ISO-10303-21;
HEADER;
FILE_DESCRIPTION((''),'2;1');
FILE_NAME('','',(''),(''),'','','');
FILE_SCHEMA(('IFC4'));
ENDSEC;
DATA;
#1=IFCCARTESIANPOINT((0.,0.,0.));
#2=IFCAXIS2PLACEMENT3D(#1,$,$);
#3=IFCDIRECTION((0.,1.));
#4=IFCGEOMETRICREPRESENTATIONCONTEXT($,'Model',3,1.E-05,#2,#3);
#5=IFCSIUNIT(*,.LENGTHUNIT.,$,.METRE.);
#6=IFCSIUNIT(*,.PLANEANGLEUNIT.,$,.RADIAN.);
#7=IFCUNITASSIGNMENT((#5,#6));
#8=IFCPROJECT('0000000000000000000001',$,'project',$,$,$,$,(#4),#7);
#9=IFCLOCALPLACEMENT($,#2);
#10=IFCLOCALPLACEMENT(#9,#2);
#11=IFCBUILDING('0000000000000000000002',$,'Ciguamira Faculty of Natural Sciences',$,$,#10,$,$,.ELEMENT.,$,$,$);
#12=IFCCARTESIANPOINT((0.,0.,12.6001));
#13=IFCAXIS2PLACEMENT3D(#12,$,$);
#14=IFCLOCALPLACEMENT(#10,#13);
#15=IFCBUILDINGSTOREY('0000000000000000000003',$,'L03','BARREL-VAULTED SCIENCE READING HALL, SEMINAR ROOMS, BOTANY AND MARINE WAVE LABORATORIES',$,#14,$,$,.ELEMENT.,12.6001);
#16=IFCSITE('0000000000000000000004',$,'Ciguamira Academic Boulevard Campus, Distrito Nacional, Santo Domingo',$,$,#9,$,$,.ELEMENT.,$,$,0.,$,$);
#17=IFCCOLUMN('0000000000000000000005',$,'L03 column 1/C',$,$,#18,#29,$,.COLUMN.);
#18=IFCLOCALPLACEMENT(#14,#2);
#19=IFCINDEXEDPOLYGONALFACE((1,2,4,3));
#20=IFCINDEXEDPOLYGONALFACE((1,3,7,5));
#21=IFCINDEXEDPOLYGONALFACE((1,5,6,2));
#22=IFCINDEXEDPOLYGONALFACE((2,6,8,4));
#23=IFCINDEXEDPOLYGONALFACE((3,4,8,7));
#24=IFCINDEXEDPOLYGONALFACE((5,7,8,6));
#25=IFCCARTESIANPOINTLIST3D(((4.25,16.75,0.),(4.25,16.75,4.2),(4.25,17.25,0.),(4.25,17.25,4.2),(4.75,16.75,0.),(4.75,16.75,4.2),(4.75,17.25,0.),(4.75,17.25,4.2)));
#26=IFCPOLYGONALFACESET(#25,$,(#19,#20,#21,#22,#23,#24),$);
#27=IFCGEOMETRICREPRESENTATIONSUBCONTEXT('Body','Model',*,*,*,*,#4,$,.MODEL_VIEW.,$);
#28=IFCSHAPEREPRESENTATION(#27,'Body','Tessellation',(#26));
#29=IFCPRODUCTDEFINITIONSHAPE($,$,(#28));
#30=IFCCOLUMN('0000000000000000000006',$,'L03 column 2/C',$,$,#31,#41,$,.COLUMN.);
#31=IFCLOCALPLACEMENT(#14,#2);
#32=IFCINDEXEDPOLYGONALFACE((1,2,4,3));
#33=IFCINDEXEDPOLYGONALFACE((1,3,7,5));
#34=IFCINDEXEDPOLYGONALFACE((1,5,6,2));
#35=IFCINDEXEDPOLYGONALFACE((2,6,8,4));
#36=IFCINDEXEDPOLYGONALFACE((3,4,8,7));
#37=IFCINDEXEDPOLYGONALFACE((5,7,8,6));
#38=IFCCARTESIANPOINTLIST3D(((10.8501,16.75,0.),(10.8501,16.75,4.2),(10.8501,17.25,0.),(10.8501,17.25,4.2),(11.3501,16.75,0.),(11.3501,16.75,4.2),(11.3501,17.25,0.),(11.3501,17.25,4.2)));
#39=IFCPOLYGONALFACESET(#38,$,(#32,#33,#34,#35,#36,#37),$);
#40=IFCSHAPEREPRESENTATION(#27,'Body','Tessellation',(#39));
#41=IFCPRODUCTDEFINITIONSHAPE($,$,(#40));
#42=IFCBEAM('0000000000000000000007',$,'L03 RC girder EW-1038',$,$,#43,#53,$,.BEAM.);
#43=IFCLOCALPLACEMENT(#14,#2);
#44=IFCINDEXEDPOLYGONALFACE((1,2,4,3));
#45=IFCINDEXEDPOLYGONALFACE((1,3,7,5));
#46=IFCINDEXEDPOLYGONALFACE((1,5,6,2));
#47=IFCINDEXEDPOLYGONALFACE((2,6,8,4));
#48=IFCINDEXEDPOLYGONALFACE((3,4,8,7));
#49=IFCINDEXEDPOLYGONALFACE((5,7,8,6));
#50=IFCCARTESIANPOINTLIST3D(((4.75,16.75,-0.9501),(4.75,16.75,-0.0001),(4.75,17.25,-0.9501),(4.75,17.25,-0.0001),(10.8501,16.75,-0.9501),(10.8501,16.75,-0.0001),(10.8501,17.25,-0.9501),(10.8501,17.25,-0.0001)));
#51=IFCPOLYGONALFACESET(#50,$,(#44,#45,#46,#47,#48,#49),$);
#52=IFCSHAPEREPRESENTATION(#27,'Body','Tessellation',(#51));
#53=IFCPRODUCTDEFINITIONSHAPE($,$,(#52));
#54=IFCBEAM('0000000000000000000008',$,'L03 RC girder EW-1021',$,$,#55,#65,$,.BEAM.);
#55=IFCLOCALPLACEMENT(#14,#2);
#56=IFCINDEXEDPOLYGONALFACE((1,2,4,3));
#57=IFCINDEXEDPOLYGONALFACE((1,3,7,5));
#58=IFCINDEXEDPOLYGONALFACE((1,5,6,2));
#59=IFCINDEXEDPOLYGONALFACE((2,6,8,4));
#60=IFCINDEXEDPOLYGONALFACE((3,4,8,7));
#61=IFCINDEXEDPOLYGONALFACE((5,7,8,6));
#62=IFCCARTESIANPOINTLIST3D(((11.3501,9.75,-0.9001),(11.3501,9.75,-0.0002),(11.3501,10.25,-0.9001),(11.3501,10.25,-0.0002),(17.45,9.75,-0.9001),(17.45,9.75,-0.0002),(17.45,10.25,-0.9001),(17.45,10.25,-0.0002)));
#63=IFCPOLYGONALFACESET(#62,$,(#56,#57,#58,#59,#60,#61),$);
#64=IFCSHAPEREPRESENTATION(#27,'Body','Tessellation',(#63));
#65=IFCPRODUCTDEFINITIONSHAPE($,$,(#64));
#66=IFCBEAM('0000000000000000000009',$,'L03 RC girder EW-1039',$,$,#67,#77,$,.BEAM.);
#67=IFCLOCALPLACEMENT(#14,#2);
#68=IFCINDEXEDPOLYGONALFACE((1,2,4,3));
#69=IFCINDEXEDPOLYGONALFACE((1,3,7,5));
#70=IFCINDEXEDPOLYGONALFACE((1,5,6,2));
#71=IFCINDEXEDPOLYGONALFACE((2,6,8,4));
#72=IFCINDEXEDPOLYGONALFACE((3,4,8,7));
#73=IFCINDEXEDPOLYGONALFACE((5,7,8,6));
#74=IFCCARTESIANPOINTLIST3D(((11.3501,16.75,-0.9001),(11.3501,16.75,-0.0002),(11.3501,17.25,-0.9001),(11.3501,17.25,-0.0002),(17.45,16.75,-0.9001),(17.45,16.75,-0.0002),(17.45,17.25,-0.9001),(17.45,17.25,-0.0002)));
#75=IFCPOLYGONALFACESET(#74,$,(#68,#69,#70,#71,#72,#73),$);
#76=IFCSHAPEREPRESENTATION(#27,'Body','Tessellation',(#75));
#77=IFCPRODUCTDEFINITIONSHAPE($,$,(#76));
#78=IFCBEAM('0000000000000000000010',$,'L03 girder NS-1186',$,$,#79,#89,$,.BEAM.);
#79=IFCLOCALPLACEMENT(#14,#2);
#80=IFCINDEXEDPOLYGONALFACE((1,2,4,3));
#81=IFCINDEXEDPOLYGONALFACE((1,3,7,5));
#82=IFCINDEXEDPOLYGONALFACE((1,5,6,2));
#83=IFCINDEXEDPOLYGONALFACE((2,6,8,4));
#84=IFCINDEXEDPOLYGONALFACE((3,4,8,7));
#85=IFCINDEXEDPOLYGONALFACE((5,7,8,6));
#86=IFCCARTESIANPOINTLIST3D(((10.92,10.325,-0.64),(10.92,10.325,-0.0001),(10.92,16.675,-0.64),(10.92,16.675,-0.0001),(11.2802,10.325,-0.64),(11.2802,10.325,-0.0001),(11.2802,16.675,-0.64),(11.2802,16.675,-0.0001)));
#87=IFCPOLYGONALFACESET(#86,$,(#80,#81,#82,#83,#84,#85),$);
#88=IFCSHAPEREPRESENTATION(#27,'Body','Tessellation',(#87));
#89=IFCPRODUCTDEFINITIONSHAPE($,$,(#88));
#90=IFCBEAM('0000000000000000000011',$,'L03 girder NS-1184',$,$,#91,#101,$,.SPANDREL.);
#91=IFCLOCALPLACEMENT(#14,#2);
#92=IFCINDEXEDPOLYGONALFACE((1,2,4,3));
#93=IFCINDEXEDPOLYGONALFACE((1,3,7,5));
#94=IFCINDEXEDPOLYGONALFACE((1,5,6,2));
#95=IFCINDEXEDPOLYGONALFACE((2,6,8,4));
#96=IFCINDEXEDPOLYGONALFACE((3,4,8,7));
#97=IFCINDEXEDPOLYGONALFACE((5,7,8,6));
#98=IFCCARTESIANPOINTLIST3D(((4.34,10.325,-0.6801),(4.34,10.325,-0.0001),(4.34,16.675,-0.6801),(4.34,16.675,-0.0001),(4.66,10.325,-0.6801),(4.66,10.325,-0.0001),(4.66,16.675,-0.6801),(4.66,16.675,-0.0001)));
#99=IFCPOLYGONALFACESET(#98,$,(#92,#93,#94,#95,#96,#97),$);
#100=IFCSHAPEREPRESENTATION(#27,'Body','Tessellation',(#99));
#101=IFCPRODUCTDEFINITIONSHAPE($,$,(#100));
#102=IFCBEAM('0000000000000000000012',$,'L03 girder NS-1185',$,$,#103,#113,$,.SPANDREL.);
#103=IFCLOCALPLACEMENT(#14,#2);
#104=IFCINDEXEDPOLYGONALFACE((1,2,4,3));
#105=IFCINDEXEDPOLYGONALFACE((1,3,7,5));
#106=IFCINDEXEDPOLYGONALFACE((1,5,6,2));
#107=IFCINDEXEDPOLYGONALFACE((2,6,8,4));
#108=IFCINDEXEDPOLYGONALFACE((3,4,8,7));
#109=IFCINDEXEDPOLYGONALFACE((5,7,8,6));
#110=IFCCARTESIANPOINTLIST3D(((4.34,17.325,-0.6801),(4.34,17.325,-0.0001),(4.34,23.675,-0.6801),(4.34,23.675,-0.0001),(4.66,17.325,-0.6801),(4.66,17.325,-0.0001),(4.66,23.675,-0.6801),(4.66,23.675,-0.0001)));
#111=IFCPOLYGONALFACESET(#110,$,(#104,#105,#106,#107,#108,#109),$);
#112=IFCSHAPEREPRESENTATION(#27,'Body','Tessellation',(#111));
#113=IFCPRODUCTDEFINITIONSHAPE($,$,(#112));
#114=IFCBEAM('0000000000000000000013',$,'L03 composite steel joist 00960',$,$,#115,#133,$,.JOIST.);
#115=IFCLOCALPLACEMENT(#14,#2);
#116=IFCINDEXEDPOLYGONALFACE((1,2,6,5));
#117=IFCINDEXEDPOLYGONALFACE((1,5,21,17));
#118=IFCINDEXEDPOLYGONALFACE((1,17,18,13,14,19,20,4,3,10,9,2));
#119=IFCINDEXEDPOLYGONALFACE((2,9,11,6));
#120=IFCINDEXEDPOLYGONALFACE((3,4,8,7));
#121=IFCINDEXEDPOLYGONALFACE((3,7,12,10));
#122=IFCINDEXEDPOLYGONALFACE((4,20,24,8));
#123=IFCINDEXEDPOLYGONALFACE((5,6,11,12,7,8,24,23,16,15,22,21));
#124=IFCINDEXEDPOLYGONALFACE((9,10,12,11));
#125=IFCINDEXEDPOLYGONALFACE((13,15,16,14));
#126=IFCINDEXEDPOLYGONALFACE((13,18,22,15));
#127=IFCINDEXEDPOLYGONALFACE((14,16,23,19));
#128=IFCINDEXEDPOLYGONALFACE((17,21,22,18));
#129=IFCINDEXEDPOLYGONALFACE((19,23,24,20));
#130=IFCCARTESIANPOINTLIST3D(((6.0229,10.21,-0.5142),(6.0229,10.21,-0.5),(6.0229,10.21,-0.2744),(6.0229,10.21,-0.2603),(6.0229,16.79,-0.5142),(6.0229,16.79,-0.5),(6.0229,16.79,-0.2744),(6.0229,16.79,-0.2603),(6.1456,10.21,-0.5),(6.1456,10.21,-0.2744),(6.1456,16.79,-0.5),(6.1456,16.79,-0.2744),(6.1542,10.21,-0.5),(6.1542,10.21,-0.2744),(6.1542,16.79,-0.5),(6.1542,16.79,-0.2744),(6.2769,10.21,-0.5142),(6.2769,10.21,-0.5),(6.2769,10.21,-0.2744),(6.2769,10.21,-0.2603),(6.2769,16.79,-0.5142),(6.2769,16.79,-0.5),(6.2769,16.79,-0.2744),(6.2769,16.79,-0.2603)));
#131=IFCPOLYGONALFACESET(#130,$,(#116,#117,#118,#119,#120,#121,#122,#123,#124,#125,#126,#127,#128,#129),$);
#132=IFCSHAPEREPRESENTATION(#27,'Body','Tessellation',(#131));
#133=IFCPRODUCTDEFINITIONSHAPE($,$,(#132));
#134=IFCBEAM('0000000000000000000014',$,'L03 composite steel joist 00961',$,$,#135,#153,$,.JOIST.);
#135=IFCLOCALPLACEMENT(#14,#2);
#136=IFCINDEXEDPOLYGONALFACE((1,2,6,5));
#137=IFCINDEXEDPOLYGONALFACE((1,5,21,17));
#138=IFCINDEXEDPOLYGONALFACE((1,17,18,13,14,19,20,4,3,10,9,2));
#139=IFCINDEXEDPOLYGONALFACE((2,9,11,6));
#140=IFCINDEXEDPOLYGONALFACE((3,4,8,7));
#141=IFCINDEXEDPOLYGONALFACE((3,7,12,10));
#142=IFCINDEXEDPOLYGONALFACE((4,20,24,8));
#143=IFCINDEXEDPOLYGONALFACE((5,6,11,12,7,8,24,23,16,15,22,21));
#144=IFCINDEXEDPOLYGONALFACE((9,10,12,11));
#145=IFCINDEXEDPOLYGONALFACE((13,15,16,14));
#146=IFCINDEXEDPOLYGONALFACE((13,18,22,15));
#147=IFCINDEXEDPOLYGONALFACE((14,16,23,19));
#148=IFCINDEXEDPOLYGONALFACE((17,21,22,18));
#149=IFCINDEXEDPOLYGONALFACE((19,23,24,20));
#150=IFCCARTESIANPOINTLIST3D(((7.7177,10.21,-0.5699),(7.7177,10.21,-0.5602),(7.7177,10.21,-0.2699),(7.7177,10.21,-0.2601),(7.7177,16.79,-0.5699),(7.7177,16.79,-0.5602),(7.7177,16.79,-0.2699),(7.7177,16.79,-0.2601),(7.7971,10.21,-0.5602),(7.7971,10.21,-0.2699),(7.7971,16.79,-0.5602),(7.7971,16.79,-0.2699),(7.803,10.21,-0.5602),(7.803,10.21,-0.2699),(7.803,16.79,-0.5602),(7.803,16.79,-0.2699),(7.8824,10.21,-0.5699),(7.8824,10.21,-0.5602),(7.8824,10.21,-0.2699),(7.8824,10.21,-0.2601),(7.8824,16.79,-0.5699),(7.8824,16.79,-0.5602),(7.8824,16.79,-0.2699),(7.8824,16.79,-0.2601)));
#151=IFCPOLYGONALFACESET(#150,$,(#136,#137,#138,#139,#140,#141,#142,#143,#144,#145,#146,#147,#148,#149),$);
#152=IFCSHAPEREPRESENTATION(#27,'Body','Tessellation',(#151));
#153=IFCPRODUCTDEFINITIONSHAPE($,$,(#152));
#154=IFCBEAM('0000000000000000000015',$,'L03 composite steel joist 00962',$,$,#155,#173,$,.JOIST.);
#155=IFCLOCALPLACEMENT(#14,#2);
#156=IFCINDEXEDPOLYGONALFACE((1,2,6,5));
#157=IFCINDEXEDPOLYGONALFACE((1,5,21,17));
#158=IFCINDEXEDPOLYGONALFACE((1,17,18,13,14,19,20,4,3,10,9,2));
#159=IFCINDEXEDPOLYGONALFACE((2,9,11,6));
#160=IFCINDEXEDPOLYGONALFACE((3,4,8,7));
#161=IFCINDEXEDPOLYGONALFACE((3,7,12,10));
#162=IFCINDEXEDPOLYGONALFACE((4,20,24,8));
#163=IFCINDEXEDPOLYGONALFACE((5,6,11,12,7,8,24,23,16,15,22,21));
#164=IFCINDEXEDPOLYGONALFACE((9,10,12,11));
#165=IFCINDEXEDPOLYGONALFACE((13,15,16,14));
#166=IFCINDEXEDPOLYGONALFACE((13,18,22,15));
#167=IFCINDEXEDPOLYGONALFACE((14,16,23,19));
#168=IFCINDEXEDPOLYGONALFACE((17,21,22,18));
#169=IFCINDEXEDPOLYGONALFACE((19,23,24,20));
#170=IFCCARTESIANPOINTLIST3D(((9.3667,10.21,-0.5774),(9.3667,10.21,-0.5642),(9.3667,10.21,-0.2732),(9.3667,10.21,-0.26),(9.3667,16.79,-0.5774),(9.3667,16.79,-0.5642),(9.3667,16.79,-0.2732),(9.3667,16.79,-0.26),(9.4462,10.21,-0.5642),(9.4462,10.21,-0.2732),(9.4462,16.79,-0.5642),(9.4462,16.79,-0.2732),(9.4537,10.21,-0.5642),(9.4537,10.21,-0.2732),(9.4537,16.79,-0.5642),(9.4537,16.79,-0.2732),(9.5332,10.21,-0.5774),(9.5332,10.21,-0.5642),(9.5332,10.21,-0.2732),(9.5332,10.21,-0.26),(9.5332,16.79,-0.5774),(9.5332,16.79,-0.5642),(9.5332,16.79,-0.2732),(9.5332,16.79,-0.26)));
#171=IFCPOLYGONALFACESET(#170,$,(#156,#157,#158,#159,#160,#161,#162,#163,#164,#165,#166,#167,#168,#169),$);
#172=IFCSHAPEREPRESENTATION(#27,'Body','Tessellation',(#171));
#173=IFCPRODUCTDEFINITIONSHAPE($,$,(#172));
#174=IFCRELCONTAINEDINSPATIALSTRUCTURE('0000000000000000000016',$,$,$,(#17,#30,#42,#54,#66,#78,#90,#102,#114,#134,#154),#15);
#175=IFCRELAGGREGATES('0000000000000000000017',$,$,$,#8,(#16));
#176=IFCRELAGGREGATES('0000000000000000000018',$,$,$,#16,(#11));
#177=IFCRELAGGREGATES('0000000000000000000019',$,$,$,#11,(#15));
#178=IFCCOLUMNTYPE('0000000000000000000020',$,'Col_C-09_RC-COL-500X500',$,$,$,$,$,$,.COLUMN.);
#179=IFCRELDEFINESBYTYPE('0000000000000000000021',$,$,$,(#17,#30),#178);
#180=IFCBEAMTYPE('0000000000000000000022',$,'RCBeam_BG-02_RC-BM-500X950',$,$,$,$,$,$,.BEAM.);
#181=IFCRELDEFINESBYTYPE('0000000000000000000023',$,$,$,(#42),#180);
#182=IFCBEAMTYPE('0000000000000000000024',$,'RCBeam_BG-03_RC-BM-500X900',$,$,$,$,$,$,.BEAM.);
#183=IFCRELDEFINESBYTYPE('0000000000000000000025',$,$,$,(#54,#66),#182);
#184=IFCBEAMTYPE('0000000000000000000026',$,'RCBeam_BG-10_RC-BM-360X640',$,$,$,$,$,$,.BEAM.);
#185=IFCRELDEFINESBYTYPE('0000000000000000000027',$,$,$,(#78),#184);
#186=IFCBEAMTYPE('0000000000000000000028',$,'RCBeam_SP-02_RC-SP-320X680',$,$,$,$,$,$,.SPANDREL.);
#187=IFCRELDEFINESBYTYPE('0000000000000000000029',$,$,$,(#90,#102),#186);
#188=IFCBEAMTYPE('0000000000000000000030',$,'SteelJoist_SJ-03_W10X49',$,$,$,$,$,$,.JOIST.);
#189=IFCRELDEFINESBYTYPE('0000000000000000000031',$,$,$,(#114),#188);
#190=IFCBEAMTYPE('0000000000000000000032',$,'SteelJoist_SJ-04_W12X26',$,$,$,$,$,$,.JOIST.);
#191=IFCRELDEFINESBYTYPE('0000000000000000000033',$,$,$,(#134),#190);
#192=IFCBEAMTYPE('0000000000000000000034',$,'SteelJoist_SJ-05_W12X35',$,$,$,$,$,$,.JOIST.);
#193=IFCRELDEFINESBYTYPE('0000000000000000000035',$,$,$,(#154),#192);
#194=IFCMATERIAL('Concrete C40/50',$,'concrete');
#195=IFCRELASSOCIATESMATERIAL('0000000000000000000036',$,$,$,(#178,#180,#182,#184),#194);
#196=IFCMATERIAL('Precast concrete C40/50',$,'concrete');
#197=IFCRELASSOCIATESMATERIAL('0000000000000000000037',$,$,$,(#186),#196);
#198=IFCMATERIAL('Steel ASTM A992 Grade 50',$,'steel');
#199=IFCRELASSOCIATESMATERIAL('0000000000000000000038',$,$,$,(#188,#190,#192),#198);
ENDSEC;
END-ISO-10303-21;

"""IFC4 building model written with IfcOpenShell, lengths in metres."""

from ifc_helpers import new_model, si_unit, direction, frame, origin, origin_2d, place, context, subcontext, project, spatial, rectangle, i_section, extrude, material, material_profile, profile_set, type_object, element, save


model = new_model("IFC4")

# Units and contexts
model_context = context("Model", 3, precision=1e-05, world=origin(), true_north=direction((0.0, 1.0)))
body_context = subcontext(model_context, "Body", "Model", "MODEL_VIEW")
ifc_project = project(units=[si_unit("LENGTHUNIT", "METRE"), si_unit("PLANEANGLEUNIT", "RADIAN")], contexts=[model_context])

# Site, building, storey
site_placement = place(None, origin())
site = spatial("IfcSite", under=ifc_project, at=site_placement, Name="Ciguamira Academic Boulevard Campus, Distrito Nacional, Santo Domingo", CompositionType="ELEMENT", RefElevation=0.0)
building_placement = place(site_placement, origin())
building = spatial("IfcBuilding", under=site, at=building_placement, Name="Ciguamira Faculty of Natural Sciences", CompositionType="ELEMENT")
storey_placement = place(building_placement, frame((0.0, 0.0, 12.6001)))
storey = spatial("IfcBuildingStorey", under=building, at=storey_placement, Name="L03", Description="BARREL-VAULTED SCIENCE READING HALL, SEMINAR ROOMS, BOTANY AND MARINE WAVE LABORATORIES", CompositionType="ELEMENT", Elevation=12.6001)

# Columns
ifc_material_1 = material(Name="Concrete C40/50", Category="concrete")
ifc_material_profile_1 = material_profile(ifc_material_1, rectangle(XDim=0.5, YDim=0.5, at=origin_2d()), Name="RC-COL-500X500")
ifc_profile_set_1 = profile_set([ifc_material_profile_1], Name="Concrete C40/50")
column_type = type_object("IfcColumnType", Name="Col_C-09_RC-COL-500X500", PredefinedType="COLUMN", material=ifc_profile_set_1)
for number, where, z_axis, x_axis, name in (
    (1, (4.5, 17.0, 0.0), (0.0, 0.0, 1.0), (1.0, 0.0, 0.0), "L03 column 1/C"),
    (2, (11.1001, 17.0, 0.0), (0.0, 0.0, 1.0), (1.0, 0.0, 0.0), "L03 column 2/C"),
):
    element("IfcColumn", number, at=place(storey_placement, frame(where, z_axis=z_axis, x_axis=x_axis)), inside=storey, type_object=column_type, Name=name, PredefinedType="COLUMN", context=body_context, shape_type="SweptSolid", body=[
        extrude(rectangle(XDim=0.5, YDim=0.5, at=origin_2d()), origin(), (0.0, 0.0, 1.0), 4.2),
    ])

# Beams
ifc_material_profile_2 = material_profile(ifc_material_1, rectangle(XDim=0.5, YDim=0.95, at=origin_2d()), Name="RC-BM-500X950")
ifc_profile_set_2 = profile_set([ifc_material_profile_2], Name="Concrete C40/50")
beam_type_1 = type_object("IfcBeamType", Name="RCBeam_BG-02_RC-BM-500X950", PredefinedType="BEAM", material=ifc_profile_set_2)
beam_1_placement = place(storey_placement, frame((4.75, 17.0, -0.4751), z_axis=(1.0, 0.0, 0.0), x_axis=(0.0, 1.0, 0.0)))
element("IfcBeam", 3, at=beam_1_placement, inside=storey, type_object=beam_type_1, Name="L03 RC girder EW-1038", PredefinedType="BEAM", context=body_context, shape_type="SweptSolid", body=[
    extrude(rectangle(XDim=0.5, YDim=0.95, at=origin_2d()), origin(), (0.0, 0.0, 1.0), 6.1001),
])
ifc_material_profile_3 = material_profile(ifc_material_1, rectangle(XDim=0.5, YDim=0.8999, at=origin_2d()), Name="RC-BM-500X900")
ifc_profile_set_3 = profile_set([ifc_material_profile_3], Name="Concrete C40/50")
beam_type_2 = type_object("IfcBeamType", Name="RCBeam_BG-03_RC-BM-500X900", PredefinedType="BEAM", material=ifc_profile_set_3)
for number, where, z_axis, x_axis, name in (
    (4, (11.3501, 10.0, -0.4502), (1.0, 0.0, 0.0), (0.0, 1.0, 0.0), "L03 RC girder EW-1021"),
    (5, (11.3501, 17.0, -0.4502), (1.0, 0.0, 0.0), (0.0, 1.0, 0.0), "L03 RC girder EW-1039"),
):
    element("IfcBeam", number, at=place(storey_placement, frame(where, z_axis=z_axis, x_axis=x_axis)), inside=storey, type_object=beam_type_2, Name=name, PredefinedType="BEAM", context=body_context, shape_type="SweptSolid", body=[
        extrude(rectangle(XDim=0.5, YDim=0.8999, at=origin_2d()), origin(), (0.0, 0.0, 1.0), 6.0999),
    ])
ifc_material_profile_4 = material_profile(ifc_material_1, rectangle(XDim=0.3601, YDim=0.6399, at=origin_2d()), Name="RC-BM-360X640")
ifc_profile_set_4 = profile_set([ifc_material_profile_4], Name="Concrete C40/50")
beam_type_3 = type_object("IfcBeamType", Name="RCBeam_BG-10_RC-BM-360X640", PredefinedType="BEAM", material=ifc_profile_set_4)
beam_2_placement = place(storey_placement, frame((11.1001, 10.325, -0.3201), z_axis=(0.0, 1.0, 0.0), x_axis=(-1.0, 0.0, 0.0)))
element("IfcBeam", 6, at=beam_2_placement, inside=storey, type_object=beam_type_3, Name="L03 girder NS-1186", PredefinedType="BEAM", context=body_context, shape_type="SweptSolid", body=[
    extrude(rectangle(XDim=0.3601, YDim=0.6399, at=origin_2d()), origin(), (0.0, 0.0, 1.0), 6.3501),
])
ifc_material_2 = material(Name="Precast concrete C40/50", Category="concrete")
ifc_material_profile_5 = material_profile(ifc_material_2, rectangle(XDim=0.3201, YDim=0.6799, at=origin_2d()), Name="RC-SP-320X680")
ifc_profile_set_5 = profile_set([ifc_material_profile_5], Name="Precast concrete C40/50")
beam_type_4 = type_object("IfcBeamType", Name="RCBeam_SP-02_RC-SP-320X680", PredefinedType="SPANDREL", material=ifc_profile_set_5)
for number, where, z_axis, x_axis, name in (
    (7, (4.5, 10.325, -0.3401), (0.0, 1.0, 0.0), (-1.0, 0.0, 0.0), "L03 girder NS-1184"),
    (8, (4.5, 17.325, -0.3401), (0.0, 1.0, 0.0), (-1.0, 0.0, 0.0), "L03 girder NS-1185"),
):
    element("IfcBeam", number, at=place(storey_placement, frame(where, z_axis=z_axis, x_axis=x_axis)), inside=storey, type_object=beam_type_4, Name=name, PredefinedType="SPANDREL", context=body_context, shape_type="SweptSolid", body=[
        extrude(rectangle(XDim=0.3201, YDim=0.6799, at=origin_2d()), origin(), (0.0, 0.0, 1.0), 6.3501),
    ])
ifc_material_3 = material(Name="Steel ASTM A992 Grade 50", Category="steel")
ifc_material_profile_6 = material_profile(ifc_material_3, i_section(OverallWidth=0.2539, OverallDepth=0.2539, WebThickness=0.0085, FlangeThickness=0.0142, at=origin_2d()), Name="W10X49")
ifc_profile_set_6 = profile_set([ifc_material_profile_6], Name="Steel ASTM A992 Grade 50")
beam_type_5 = type_object("IfcBeamType", Name="SteelJoist_SJ-03_W10X49", PredefinedType="JOIST", material=ifc_profile_set_6)
beam_3_placement = place(storey_placement, frame((6.1499, 10.21, -0.3872), z_axis=(0.0, 1.0, 0.0), x_axis=(-1.0, 0.0, 0.0)))
element("IfcBeam", 9, at=beam_3_placement, inside=storey, type_object=beam_type_5, Name="L03 composite steel joist 00960", PredefinedType="JOIST", context=body_context, shape_type="SweptSolid", body=[
    extrude(i_section(OverallWidth=0.2539, OverallDepth=0.2539, WebThickness=0.0085, FlangeThickness=0.0142, at=origin_2d()), origin(), (0.0, 0.0, 1.0), 6.5801),
])
ifc_material_profile_7 = material_profile(ifc_material_3, i_section(OverallWidth=0.1648, OverallDepth=0.3098, WebThickness=0.0059, FlangeThickness=0.0098, at=origin_2d()), Name="W12X26")
ifc_profile_set_7 = profile_set([ifc_material_profile_7], Name="Steel ASTM A992 Grade 50")
beam_type_6 = type_object("IfcBeamType", Name="SteelJoist_SJ-04_W12X26", PredefinedType="JOIST", material=ifc_profile_set_7)
beam_4_placement = place(storey_placement, frame((7.8, 10.21, -0.415), z_axis=(0.0, 1.0, 0.0), x_axis=(-1.0, 0.0, 0.0)))
element("IfcBeam", 10, at=beam_4_placement, inside=storey, type_object=beam_type_6, Name="L03 composite steel joist 00961", PredefinedType="JOIST", context=body_context, shape_type="SweptSolid", body=[
    extrude(i_section(OverallWidth=0.1648, OverallDepth=0.3098, WebThickness=0.0059, FlangeThickness=0.0098, at=origin_2d()), origin(), (0.0, 0.0, 1.0), 6.5801),
])
ifc_material_profile_8 = material_profile(ifc_material_3, i_section(OverallWidth=0.1665, OverallDepth=0.3174, WebThickness=0.0076, FlangeThickness=0.0132, at=origin_2d()), Name="W12X35")
ifc_profile_set_8 = profile_set([ifc_material_profile_8], Name="Steel ASTM A992 Grade 50")
beam_type_7 = type_object("IfcBeamType", Name="SteelJoist_SJ-05_W12X35", PredefinedType="JOIST", material=ifc_profile_set_8)
beam_5_placement = place(storey_placement, frame((9.45, 10.21, -0.4187), z_axis=(0.0, 1.0, 0.0), x_axis=(-1.0, 0.0, 0.0)))
element("IfcBeam", 11, at=beam_5_placement, inside=storey, type_object=beam_type_7, Name="L03 composite steel joist 00962", PredefinedType="JOIST", context=body_context, shape_type="SweptSolid", body=[
    extrude(i_section(OverallWidth=0.1665, OverallDepth=0.3174, WebThickness=0.0076, FlangeThickness=0.0132, at=origin_2d()), origin(), (0.0, 0.0, 1.0), 6.5801),
])

save(model, "model.ifc")
